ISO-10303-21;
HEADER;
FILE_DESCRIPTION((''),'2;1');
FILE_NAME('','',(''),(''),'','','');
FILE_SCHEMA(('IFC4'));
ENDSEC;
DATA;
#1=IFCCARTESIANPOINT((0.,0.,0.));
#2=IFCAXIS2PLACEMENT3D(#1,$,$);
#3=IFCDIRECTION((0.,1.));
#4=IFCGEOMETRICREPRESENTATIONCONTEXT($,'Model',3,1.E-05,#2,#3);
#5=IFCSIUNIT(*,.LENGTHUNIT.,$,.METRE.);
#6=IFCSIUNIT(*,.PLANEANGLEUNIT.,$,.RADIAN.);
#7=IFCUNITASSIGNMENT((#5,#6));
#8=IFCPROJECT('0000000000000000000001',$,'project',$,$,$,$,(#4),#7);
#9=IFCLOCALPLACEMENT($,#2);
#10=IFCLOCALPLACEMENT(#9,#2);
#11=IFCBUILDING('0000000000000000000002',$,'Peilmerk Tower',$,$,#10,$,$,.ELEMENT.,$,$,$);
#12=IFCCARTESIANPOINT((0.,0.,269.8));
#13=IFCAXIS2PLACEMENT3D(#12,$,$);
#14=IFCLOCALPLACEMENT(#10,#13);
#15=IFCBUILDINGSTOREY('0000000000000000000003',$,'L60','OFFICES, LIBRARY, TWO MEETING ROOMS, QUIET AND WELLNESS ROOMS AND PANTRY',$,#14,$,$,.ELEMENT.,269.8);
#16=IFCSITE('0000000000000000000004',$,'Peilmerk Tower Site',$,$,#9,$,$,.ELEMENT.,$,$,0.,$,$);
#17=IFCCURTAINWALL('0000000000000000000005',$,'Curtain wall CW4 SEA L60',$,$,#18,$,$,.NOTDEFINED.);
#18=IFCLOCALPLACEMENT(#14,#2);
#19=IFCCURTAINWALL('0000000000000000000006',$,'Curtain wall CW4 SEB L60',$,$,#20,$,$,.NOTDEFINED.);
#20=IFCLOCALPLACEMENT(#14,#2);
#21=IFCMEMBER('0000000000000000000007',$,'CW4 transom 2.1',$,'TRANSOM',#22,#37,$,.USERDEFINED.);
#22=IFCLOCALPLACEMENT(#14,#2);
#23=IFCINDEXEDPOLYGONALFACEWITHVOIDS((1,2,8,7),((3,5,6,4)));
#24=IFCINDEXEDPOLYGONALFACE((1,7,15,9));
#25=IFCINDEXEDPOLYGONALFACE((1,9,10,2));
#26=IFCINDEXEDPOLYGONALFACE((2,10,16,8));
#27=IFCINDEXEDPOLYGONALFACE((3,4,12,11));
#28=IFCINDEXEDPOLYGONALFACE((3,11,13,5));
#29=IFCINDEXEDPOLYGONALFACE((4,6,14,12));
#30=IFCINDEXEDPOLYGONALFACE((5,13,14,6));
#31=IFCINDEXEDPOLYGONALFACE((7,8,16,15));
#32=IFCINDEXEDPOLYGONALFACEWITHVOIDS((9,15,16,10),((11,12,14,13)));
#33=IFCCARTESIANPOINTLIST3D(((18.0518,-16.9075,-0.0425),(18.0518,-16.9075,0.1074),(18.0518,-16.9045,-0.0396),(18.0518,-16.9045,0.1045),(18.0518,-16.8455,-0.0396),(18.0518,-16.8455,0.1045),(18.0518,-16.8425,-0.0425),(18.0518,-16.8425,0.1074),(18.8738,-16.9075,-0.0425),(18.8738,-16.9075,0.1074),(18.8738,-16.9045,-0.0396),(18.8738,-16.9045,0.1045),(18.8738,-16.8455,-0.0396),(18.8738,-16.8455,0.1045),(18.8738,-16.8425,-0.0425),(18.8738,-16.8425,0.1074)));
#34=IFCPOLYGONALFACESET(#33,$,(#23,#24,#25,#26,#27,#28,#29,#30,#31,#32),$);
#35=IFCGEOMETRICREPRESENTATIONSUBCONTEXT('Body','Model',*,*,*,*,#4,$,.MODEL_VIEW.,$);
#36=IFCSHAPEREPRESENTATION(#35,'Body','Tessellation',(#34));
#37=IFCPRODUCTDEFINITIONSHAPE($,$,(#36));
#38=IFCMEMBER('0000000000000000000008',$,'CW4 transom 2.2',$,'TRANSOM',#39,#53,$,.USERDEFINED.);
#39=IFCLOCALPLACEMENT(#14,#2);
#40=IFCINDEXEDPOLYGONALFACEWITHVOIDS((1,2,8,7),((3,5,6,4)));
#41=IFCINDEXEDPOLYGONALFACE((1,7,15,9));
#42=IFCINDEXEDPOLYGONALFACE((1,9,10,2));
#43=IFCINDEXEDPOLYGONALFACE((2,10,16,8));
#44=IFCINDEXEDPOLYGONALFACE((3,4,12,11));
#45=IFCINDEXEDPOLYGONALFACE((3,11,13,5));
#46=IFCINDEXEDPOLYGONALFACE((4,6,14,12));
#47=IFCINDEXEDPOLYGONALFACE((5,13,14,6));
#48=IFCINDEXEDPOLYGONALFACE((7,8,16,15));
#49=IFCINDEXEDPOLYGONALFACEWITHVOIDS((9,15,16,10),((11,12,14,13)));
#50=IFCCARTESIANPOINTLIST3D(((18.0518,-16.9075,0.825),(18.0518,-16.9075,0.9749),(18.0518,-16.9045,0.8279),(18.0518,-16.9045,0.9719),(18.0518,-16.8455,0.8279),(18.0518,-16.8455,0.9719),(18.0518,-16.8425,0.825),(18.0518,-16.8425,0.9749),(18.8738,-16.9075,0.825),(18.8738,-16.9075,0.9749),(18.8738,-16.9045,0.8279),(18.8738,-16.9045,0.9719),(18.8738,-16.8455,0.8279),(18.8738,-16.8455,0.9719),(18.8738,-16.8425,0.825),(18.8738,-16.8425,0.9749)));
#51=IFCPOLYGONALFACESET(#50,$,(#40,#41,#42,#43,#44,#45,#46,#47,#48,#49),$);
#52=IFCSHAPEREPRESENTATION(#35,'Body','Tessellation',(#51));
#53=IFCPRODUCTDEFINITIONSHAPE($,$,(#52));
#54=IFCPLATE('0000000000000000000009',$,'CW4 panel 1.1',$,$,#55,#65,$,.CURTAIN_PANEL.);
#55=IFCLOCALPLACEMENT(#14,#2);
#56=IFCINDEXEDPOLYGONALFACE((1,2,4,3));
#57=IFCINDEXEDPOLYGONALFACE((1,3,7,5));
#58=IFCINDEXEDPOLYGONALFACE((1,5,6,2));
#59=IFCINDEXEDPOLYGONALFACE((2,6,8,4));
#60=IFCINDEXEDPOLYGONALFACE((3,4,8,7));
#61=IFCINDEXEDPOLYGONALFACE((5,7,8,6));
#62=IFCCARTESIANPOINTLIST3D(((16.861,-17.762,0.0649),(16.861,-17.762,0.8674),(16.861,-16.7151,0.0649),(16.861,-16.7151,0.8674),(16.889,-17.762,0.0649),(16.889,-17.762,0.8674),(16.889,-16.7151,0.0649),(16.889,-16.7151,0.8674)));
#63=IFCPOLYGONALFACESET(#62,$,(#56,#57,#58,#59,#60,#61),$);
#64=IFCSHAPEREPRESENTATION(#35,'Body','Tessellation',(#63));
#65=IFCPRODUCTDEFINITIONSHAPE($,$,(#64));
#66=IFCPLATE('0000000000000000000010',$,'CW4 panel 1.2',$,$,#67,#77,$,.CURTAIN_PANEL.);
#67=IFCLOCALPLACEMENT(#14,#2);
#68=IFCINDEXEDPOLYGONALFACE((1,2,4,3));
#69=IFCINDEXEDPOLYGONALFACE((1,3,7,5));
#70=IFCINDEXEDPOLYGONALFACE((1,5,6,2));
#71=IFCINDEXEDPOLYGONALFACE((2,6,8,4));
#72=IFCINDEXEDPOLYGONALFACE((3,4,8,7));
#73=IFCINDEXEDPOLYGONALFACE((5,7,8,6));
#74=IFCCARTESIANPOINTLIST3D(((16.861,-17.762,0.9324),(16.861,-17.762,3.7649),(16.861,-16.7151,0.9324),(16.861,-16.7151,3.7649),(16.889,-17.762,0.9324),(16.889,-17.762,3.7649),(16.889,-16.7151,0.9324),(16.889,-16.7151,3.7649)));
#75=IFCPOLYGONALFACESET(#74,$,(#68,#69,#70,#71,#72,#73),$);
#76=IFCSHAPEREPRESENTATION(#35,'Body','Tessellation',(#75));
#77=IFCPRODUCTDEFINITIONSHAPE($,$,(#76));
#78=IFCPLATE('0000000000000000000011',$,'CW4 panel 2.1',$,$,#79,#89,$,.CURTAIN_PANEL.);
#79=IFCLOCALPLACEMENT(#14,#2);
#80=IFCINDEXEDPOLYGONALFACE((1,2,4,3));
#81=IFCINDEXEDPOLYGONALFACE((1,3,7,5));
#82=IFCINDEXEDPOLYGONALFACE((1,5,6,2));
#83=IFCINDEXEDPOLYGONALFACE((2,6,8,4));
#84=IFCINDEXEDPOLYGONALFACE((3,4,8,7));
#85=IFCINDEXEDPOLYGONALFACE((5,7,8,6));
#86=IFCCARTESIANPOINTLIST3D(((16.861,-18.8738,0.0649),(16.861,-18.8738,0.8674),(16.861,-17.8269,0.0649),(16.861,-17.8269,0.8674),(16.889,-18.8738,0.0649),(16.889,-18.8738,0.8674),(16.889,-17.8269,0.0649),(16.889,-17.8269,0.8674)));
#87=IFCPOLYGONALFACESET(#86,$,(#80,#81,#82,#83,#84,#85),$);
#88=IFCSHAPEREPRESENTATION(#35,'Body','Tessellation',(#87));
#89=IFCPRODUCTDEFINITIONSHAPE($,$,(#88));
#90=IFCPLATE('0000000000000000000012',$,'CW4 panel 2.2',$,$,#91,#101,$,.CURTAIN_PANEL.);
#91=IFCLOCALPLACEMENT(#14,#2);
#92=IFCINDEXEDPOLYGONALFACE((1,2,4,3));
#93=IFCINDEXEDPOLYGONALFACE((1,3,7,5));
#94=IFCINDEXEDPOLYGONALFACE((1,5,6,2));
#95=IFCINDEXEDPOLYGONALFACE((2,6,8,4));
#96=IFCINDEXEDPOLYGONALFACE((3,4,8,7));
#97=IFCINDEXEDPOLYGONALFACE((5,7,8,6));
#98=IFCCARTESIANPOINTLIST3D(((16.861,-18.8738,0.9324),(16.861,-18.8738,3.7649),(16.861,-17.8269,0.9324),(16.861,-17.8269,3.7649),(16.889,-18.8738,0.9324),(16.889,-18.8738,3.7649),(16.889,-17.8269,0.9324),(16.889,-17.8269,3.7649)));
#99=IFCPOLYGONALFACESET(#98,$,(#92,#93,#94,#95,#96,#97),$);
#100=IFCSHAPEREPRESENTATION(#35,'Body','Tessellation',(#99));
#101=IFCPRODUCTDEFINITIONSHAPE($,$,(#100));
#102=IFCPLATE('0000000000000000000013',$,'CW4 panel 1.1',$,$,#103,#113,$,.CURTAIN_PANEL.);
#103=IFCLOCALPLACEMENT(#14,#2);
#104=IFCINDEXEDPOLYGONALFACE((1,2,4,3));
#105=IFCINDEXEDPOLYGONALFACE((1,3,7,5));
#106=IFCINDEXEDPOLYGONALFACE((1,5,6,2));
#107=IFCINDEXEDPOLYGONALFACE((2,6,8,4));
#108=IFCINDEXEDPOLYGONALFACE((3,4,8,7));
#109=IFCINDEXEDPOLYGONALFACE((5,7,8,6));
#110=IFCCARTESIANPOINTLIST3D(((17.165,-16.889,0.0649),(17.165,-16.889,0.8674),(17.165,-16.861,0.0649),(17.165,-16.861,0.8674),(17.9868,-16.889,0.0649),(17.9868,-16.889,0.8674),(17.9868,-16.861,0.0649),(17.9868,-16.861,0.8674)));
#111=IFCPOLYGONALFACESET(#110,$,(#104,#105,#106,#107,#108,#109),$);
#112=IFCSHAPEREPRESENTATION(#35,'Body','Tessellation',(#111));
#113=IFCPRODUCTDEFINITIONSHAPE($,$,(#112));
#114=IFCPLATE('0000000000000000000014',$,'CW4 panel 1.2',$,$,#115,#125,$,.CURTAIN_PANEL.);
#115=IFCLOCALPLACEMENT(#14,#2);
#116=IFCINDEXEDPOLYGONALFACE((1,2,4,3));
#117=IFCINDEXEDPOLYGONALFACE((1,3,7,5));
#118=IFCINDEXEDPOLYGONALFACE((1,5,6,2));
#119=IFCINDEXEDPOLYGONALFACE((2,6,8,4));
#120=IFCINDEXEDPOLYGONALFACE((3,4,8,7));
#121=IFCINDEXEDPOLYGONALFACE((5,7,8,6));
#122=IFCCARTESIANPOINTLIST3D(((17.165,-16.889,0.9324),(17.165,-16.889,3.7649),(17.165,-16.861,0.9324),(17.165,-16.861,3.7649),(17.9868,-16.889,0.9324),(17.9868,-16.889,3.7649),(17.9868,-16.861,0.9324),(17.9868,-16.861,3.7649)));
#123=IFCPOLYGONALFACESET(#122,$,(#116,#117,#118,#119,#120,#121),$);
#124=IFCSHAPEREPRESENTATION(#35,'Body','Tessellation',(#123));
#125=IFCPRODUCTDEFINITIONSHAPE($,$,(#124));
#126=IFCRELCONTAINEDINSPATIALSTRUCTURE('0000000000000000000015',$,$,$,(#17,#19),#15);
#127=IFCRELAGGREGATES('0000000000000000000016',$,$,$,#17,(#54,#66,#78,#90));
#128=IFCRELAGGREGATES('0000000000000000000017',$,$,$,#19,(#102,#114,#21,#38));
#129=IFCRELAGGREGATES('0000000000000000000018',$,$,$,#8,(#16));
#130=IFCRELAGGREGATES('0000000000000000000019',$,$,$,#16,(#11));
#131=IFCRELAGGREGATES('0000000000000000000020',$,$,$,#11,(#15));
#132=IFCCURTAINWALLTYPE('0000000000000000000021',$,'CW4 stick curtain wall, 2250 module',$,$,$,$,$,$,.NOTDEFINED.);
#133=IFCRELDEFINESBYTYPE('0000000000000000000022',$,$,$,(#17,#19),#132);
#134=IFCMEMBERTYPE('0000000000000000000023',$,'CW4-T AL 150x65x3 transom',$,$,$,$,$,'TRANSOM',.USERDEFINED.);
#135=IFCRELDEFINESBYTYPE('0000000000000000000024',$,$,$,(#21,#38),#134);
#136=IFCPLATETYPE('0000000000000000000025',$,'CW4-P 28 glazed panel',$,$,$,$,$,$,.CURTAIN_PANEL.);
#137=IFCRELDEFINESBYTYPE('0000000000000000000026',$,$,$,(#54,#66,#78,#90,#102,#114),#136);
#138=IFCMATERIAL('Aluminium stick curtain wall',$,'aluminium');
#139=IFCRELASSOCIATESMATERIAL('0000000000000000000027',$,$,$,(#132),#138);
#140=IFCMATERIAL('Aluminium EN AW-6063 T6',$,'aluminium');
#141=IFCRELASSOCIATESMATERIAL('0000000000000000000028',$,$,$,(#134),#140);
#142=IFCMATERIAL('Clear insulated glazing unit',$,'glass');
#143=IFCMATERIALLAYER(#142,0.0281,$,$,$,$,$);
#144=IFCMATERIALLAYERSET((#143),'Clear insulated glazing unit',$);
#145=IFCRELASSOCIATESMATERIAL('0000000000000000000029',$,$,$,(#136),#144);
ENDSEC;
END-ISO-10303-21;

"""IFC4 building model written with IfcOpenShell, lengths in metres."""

from ifc_helpers import new_model, si_unit, direction, frame, origin, origin_2d, place, context, subcontext, project, spatial, rectangle, hollow_rectangle, extrude, material, layer, layer_set, material_profile, profile_set, type_object, element, aggregate, save


model = new_model("IFC4")

# Units and contexts
model_context = context("Model", 3, precision=1e-05, world=origin(), true_north=direction((0.0, 1.0)))
body_context = subcontext(model_context, "Body", "Model", "MODEL_VIEW")
ifc_project = project(units=[si_unit("LENGTHUNIT", "METRE"), si_unit("PLANEANGLEUNIT", "RADIAN")], contexts=[model_context])

# Site, building, storey
site_placement = place(None, origin())
site = spatial("IfcSite", under=ifc_project, at=site_placement, Name="Peilmerk Tower Site", CompositionType="ELEMENT", RefElevation=0.0)
building_placement = place(site_placement, origin())
building = spatial("IfcBuilding", under=site, at=building_placement, Name="Peilmerk Tower", CompositionType="ELEMENT")
storey_placement = place(building_placement, frame((0.0, 0.0, 269.8)))
storey = spatial("IfcBuildingStorey", under=building, at=storey_placement, Name="L60", Description="OFFICES, LIBRARY, TWO MEETING ROOMS, QUIET AND WELLNESS ROOMS AND PANTRY", CompositionType="ELEMENT", Elevation=269.8)

# Curtain walls
ifc_material_1 = material(Name="Aluminium stick curtain wall", Category="aluminium")
curtain_wall_type = type_object("IfcCurtainWallType", Name="CW4 stick curtain wall, 2250 module", PredefinedType="NOTDEFINED", material=ifc_material_1)
curtain_wall_1_placement = place(storey_placement, origin())
curtain_wall_1 = element("IfcCurtainWall", 1, at=curtain_wall_1_placement, inside=storey, type_object=curtain_wall_type, Name="Curtain wall CW4 SEA L60", PredefinedType="NOTDEFINED")
ifc_material_2 = material(Name="Aluminium EN AW-6063 T6", Category="aluminium")
curtain_wall_2_placement = place(storey_placement, origin())
curtain_wall_2 = element("IfcCurtainWall", 2, at=curtain_wall_2_placement, inside=storey, type_object=curtain_wall_type, Name="Curtain wall CW4 SEB L60", PredefinedType="NOTDEFINED")

# Members
ifc_material_profile_1 = material_profile(ifc_material_2, hollow_rectangle(XDim=0.0649, YDim=0.1499, WallThickness=0.0029, at=origin_2d()), Name="AL 150x65x3")
ifc_profile_set_1 = profile_set([ifc_material_profile_1], Name="Aluminium EN AW-6063 T6")
member_type_1 = type_object("IfcMemberType", Name="CW4-T AL 150x65x3 transom", ElementType="TRANSOM", PredefinedType="USERDEFINED", material=ifc_profile_set_1)
member_1_placement = place(storey_placement, frame((18.0518, -16.875, 0.0325), z_axis=(1.0, 0.0, 0.0), x_axis=(0.0, 1.0, 0.0)))
member_1 = element("IfcMember", 3, at=member_1_placement, type_object=member_type_1, Name="CW4 transom 2.1", ObjectType="TRANSOM", PredefinedType="USERDEFINED", context=body_context, shape_type="SweptSolid", body=[
    extrude(hollow_rectangle(XDim=0.0649, YDim=0.1499, WallThickness=0.0029, at=origin_2d()), origin(), (0.0, 0.0, 1.0), 0.822),
])
member_2_placement = place(storey_placement, frame((18.0518, -16.875, 0.8999), z_axis=(1.0, 0.0, 0.0), x_axis=(0.0, 1.0, 0.0)))
member_2 = element("IfcMember", 4, at=member_2_placement, type_object=member_type_1, Name="CW4 transom 2.2", ObjectType="TRANSOM", PredefinedType="USERDEFINED", context=body_context, shape_type="SweptSolid", body=[
    extrude(hollow_rectangle(XDim=0.0649, YDim=0.1499, WallThickness=0.0029, at=origin_2d()), origin(), (0.0, 0.0, 1.0), 0.822),
])

# Plates
ifc_material_3 = material(Name="Clear insulated glazing unit", Category="glass")
ifc_layer_1 = layer(ifc_material_3, 0.0281)
ifc_layer_set_1 = layer_set([ifc_layer_1], Name="Clear insulated glazing unit")
plate_type = type_object("IfcPlateType", Name="CW4-P 28 glazed panel", PredefinedType="CURTAIN_PANEL", material=ifc_layer_set_1)
plate_1_placement = place(storey_placement, frame((16.875, -17.2385, 0.0649), z_axis=(0.0, 0.0, 1.0), x_axis=(0.0, -1.0, 0.0)))
plate_1 = element("IfcPlate", 5, at=plate_1_placement, type_object=plate_type, Name="CW4 panel 1.1", PredefinedType="CURTAIN_PANEL", context=body_context, shape_type="SweptSolid", body=[
    extrude(rectangle(XDim=1.0469, YDim=0.0281, at=origin_2d()), origin(), (0.0, 0.0, 1.0), 0.8025),
])
plate_2_placement = place(storey_placement, frame((16.875, -17.2385, 0.9324), z_axis=(0.0, 0.0, 1.0), x_axis=(0.0, -1.0, 0.0)))
plate_2 = element("IfcPlate", 6, at=plate_2_placement, type_object=plate_type, Name="CW4 panel 1.2", PredefinedType="CURTAIN_PANEL", context=body_context, shape_type="SweptSolid", body=[
    extrude(rectangle(XDim=1.0469, YDim=0.0281, at=origin_2d()), origin(), (0.0, 0.0, 1.0), 2.8325),
])
plate_3_placement = place(storey_placement, frame((16.875, -18.3503, 0.0649), z_axis=(0.0, 0.0, 1.0), x_axis=(0.0, -1.0, 0.0)))
plate_3 = element("IfcPlate", 7, at=plate_3_placement, type_object=plate_type, Name="CW4 panel 2.1", PredefinedType="CURTAIN_PANEL", context=body_context, shape_type="SweptSolid", body=[
    extrude(rectangle(XDim=1.0469, YDim=0.0281, at=origin_2d()), origin(), (0.0, 0.0, 1.0), 0.8025),
])
plate_4_placement = place(storey_placement, frame((16.875, -18.3503, 0.9324), z_axis=(0.0, 0.0, 1.0), x_axis=(0.0, -1.0, 0.0)))
plate_4 = element("IfcPlate", 8, at=plate_4_placement, type_object=plate_type, Name="CW4 panel 2.2", PredefinedType="CURTAIN_PANEL", context=body_context, shape_type="SweptSolid", body=[
    extrude(rectangle(XDim=1.0469, YDim=0.0281, at=origin_2d()), origin(), (0.0, 0.0, 1.0), 2.8325),
])
aggregate(curtain_wall_1, [plate_1, plate_2, plate_3, plate_4])
plate_5_placement = place(storey_placement, frame((17.5759, -16.875, 0.0649), z_axis=(0.0, 0.0, 1.0), x_axis=(1.0, 0.0, 0.0)))
plate_5 = element("IfcPlate", 9, at=plate_5_placement, type_object=plate_type, Name="CW4 panel 1.1", PredefinedType="CURTAIN_PANEL", context=body_context, shape_type="SweptSolid", body=[
    extrude(rectangle(XDim=0.8218, YDim=0.0281, at=origin_2d()), origin(), (0.0, 0.0, 1.0), 0.8025),
])
plate_6_placement = place(storey_placement, frame((17.5759, -16.875, 0.9324), z_axis=(0.0, 0.0, 1.0), x_axis=(1.0, 0.0, 0.0)))
plate_6 = element("IfcPlate", 10, at=plate_6_placement, type_object=plate_type, Name="CW4 panel 1.2", PredefinedType="CURTAIN_PANEL", context=body_context, shape_type="SweptSolid", body=[
    extrude(rectangle(XDim=0.8218, YDim=0.0281, at=origin_2d()), origin(), (0.0, 0.0, 1.0), 2.8325),
])
aggregate(curtain_wall_2, [plate_5, plate_6, member_1, member_2])

save(model, "model.ifc")
